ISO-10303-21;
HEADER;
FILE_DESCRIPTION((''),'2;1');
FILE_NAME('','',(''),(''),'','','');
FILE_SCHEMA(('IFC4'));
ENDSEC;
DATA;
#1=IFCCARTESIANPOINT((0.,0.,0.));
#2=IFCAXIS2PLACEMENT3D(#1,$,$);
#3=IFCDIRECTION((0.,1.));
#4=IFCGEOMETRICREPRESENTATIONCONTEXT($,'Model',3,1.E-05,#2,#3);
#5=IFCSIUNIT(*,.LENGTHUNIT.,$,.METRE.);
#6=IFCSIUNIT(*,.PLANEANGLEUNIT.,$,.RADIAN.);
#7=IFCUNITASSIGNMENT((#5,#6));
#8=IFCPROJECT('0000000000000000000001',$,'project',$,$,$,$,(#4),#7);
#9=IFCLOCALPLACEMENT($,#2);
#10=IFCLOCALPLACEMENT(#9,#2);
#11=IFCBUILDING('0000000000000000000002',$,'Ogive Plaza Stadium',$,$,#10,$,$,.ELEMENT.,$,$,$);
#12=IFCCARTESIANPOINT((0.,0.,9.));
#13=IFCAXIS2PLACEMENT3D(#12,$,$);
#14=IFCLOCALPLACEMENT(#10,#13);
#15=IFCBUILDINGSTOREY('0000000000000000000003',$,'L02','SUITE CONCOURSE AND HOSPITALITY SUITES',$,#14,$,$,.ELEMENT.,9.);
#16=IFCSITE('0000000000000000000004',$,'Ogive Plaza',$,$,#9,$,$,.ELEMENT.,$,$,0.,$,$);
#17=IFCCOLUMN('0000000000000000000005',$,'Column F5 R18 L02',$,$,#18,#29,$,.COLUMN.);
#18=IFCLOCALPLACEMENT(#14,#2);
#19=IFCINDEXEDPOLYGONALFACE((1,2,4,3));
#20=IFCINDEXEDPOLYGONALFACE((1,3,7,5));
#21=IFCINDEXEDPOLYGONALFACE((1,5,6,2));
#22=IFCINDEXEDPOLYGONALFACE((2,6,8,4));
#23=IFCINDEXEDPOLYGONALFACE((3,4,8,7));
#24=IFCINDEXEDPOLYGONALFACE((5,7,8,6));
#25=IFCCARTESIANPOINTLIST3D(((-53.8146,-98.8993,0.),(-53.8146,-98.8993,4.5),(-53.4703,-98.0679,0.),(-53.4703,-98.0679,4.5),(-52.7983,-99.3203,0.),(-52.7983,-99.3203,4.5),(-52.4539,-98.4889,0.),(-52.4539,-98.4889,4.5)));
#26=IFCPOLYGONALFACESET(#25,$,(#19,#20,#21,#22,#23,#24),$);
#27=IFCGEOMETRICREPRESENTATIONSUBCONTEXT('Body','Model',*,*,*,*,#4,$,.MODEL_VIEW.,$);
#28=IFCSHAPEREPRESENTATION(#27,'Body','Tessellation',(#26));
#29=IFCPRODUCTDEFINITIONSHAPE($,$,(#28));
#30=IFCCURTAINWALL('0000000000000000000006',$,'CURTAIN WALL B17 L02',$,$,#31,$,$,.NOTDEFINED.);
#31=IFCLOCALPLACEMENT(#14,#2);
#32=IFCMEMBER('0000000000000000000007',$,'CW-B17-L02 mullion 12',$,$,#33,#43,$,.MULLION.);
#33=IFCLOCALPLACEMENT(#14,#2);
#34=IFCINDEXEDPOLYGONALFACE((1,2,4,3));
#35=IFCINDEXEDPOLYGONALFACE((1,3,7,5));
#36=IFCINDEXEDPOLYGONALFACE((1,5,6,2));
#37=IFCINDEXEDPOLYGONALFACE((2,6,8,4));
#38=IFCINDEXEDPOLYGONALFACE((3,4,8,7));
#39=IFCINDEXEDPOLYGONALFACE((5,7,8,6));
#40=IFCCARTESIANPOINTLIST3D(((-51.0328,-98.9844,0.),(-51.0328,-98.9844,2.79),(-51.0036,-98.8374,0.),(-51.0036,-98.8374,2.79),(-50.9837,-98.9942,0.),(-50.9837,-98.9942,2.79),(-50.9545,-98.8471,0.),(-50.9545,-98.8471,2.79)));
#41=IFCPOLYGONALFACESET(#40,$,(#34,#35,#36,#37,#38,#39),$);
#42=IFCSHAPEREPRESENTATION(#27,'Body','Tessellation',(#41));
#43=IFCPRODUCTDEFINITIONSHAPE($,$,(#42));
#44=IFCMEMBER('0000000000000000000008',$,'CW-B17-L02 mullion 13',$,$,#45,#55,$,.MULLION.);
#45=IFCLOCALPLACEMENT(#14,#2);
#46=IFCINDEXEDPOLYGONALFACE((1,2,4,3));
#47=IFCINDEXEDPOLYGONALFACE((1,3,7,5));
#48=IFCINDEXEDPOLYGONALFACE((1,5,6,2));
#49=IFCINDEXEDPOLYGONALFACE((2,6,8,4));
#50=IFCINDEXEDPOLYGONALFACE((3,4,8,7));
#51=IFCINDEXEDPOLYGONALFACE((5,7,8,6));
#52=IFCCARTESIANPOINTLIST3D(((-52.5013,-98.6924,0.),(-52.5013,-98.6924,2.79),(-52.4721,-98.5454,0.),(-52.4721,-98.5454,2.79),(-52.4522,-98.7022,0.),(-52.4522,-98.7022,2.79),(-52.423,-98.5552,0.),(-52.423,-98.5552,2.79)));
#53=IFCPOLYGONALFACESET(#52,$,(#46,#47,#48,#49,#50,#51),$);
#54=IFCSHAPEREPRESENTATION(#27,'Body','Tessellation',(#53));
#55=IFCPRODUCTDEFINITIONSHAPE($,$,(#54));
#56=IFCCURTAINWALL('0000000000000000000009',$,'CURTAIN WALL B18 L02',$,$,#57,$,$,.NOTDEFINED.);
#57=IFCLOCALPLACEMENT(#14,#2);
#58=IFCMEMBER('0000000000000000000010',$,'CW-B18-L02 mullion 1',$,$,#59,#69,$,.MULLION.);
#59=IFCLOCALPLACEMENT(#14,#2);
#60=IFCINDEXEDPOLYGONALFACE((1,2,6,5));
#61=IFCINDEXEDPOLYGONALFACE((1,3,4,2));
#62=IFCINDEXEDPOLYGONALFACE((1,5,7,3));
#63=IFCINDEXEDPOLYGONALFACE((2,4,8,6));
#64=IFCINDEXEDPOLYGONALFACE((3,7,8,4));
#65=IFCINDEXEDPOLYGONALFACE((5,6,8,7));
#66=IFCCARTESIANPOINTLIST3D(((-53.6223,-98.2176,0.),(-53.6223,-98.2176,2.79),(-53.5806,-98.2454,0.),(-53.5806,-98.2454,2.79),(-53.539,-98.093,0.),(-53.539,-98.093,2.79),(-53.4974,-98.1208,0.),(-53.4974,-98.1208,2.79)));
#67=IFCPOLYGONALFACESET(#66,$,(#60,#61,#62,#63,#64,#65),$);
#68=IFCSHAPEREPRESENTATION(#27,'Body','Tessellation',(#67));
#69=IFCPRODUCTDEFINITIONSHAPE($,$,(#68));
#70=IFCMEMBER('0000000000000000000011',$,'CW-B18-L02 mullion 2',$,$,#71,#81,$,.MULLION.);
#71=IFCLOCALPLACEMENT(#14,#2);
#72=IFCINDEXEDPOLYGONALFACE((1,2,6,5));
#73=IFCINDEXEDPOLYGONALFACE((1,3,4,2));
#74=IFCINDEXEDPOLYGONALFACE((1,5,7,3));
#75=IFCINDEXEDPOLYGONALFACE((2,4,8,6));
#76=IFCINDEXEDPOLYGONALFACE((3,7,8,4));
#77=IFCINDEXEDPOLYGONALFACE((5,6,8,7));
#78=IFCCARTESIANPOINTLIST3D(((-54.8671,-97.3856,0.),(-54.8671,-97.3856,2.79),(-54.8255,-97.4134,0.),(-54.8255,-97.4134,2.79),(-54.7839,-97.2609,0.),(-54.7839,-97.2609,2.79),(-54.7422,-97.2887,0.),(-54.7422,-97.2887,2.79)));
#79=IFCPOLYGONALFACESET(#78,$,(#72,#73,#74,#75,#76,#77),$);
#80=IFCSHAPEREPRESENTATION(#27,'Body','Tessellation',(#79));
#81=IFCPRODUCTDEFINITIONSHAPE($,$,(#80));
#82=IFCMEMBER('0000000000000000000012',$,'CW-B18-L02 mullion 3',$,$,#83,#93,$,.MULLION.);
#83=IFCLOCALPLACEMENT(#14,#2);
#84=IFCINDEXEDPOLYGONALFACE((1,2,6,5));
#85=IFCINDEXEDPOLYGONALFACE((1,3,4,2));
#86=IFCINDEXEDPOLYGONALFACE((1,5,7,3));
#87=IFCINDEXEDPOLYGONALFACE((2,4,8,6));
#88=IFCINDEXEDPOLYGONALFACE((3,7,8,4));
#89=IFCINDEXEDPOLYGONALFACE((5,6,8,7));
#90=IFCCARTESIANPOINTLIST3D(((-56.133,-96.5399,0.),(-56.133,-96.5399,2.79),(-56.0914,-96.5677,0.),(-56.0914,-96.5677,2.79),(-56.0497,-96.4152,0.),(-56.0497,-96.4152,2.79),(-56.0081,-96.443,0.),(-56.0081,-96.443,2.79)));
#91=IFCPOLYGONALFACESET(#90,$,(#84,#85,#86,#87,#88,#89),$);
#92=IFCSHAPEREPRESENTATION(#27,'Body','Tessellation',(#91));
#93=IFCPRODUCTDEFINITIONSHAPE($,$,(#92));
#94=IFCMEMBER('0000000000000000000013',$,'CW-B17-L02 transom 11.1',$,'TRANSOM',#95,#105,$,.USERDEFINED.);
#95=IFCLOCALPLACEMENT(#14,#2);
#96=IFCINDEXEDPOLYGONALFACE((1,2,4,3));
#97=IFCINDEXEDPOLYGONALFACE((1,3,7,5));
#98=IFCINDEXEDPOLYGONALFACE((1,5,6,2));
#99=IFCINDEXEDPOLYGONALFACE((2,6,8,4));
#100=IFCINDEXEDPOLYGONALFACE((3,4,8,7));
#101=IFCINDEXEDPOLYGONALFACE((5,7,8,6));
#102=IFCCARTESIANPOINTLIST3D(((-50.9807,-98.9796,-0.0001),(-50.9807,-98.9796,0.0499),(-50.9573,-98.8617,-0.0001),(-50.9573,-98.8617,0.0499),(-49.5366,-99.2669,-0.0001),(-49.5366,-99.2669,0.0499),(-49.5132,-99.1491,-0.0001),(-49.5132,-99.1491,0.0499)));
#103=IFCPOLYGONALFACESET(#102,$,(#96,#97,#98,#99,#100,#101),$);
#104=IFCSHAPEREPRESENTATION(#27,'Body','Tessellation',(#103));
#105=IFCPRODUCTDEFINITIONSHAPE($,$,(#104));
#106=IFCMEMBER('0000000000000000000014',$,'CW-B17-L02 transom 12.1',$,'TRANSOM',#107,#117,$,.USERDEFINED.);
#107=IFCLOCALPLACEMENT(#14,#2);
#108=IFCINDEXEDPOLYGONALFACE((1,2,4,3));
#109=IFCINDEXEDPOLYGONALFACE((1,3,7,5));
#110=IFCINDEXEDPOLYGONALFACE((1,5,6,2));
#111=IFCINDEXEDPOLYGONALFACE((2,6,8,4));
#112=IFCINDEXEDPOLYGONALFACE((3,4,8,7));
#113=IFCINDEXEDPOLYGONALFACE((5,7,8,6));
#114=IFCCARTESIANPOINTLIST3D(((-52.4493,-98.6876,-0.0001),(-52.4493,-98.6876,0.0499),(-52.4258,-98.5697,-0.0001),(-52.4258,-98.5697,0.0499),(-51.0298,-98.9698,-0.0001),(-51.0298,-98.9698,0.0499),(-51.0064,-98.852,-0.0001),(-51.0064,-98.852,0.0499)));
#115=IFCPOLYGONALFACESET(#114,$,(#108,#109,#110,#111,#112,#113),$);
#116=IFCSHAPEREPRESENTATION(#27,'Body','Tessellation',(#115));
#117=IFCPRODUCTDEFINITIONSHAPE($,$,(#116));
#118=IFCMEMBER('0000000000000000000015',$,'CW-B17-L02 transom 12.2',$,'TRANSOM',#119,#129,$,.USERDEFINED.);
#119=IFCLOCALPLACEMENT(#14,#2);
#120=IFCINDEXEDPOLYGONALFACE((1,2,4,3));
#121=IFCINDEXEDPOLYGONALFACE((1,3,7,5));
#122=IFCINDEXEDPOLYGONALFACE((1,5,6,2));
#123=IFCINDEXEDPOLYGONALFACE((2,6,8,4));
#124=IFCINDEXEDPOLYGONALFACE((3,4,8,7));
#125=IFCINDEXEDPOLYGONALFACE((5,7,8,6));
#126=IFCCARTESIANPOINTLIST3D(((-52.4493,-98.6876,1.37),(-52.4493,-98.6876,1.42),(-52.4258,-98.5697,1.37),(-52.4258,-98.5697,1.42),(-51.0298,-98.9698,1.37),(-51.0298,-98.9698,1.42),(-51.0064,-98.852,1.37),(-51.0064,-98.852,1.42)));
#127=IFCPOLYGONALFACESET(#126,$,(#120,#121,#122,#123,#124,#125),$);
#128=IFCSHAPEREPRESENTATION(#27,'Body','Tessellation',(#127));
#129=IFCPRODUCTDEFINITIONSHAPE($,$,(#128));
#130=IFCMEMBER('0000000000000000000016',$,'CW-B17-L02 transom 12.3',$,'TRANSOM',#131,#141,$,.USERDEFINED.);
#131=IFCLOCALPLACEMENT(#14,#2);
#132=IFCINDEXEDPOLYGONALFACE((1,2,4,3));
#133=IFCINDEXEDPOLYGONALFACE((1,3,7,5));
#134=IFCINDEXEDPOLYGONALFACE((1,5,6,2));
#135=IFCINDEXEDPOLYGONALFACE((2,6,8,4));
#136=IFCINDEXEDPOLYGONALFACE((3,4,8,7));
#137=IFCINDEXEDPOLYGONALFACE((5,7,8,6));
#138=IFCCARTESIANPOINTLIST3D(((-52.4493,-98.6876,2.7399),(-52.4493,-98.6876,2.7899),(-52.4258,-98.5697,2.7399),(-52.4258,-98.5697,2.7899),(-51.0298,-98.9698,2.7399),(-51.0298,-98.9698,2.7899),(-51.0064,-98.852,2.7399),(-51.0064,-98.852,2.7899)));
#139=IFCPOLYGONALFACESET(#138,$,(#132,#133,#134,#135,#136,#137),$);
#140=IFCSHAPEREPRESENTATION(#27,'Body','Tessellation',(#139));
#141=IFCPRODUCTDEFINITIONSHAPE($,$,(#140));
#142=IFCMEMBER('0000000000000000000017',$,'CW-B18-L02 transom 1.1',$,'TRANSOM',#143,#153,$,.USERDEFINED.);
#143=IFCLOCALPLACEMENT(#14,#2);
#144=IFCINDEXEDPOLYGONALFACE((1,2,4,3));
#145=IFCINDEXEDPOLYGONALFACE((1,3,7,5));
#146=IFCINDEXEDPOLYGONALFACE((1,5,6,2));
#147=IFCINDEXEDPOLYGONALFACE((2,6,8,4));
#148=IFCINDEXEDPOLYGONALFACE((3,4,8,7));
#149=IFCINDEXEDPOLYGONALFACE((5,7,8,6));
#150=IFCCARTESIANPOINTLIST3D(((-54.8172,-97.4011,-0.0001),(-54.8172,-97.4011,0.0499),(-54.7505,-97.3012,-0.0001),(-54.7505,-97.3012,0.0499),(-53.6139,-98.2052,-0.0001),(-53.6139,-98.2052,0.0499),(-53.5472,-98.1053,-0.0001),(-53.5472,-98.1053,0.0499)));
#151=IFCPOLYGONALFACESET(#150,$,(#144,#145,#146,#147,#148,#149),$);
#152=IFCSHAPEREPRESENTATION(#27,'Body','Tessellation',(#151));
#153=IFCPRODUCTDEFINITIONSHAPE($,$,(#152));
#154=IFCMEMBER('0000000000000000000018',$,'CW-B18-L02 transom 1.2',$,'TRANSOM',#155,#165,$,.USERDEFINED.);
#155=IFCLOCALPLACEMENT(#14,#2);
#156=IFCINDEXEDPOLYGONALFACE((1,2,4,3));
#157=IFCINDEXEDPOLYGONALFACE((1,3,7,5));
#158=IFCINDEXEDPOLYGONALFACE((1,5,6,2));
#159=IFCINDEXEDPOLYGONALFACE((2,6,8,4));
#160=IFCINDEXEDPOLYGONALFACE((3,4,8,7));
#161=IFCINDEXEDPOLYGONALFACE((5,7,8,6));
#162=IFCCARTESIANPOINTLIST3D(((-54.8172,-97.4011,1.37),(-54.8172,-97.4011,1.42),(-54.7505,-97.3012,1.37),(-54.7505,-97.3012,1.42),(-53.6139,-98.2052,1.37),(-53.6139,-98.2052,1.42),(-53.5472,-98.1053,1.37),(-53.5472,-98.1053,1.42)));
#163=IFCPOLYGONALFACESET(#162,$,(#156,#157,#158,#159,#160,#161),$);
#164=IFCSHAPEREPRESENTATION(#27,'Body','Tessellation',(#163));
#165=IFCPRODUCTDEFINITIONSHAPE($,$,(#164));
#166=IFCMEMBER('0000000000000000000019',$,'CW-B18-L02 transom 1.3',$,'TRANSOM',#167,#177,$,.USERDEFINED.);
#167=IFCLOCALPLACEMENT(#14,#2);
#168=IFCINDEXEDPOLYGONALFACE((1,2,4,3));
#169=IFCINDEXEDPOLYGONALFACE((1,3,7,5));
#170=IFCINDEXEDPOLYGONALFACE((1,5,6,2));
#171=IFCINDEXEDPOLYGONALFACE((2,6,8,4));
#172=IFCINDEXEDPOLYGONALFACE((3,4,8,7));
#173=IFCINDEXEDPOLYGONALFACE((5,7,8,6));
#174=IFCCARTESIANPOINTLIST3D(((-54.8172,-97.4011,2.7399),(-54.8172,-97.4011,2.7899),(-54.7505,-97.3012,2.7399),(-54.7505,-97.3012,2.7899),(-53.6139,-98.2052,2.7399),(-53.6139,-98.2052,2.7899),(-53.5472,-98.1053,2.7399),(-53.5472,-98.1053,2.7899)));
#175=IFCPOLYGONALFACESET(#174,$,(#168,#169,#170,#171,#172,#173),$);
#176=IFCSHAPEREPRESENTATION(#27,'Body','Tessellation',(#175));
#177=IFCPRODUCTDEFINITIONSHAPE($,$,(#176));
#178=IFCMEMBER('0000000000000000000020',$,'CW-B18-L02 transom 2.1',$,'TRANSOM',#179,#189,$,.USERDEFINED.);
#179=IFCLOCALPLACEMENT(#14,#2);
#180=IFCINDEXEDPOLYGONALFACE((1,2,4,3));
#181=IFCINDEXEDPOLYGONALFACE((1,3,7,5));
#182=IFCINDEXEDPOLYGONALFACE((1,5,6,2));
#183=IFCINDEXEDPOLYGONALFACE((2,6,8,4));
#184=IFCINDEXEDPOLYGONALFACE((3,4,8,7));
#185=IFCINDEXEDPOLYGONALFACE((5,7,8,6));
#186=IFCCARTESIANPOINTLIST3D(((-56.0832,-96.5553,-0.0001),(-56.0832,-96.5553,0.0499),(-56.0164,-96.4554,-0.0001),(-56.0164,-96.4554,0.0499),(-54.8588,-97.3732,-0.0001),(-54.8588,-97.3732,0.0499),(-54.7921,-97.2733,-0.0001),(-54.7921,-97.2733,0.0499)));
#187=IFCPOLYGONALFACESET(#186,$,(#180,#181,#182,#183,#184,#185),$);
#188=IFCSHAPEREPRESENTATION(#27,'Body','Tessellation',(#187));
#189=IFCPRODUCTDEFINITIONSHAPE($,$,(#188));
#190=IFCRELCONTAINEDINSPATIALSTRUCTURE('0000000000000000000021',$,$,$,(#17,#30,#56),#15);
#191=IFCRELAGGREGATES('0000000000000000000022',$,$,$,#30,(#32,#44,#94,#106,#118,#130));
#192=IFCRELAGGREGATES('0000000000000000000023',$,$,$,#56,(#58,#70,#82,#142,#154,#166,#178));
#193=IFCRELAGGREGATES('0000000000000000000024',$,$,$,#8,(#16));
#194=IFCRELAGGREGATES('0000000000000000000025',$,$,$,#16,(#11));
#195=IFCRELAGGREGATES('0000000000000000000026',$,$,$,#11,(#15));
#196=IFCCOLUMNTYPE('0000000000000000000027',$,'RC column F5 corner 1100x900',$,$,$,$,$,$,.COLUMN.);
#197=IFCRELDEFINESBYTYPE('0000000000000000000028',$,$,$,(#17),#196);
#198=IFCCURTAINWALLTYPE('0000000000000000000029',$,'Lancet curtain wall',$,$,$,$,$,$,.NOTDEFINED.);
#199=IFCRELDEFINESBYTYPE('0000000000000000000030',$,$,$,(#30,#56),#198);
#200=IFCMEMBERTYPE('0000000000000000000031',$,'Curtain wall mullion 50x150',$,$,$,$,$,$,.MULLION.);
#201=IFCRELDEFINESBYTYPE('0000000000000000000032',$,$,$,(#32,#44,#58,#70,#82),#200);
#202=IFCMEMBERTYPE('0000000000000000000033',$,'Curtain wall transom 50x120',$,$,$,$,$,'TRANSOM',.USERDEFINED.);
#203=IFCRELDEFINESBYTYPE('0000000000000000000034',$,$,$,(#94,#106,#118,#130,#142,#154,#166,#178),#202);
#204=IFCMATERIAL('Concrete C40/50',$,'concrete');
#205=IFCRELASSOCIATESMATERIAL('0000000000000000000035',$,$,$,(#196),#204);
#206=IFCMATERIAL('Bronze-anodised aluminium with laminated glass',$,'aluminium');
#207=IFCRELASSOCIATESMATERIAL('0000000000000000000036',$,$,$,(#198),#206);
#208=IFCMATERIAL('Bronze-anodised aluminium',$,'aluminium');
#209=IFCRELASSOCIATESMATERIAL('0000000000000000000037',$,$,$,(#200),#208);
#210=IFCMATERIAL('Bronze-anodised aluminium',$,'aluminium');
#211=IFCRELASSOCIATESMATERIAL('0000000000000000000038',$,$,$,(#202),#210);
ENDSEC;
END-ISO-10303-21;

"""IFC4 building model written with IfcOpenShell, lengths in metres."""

from ifc_helpers import new_model, si_unit, direction, frame, origin, origin_2d, place, context, subcontext, project, spatial, rectangle, extrude, material, material_profile, profile_set, type_object, element, aggregate, save


model = new_model("IFC4")

# Units and contexts
model_context = context("Model", 3, precision=1e-05, world=origin(), true_north=direction((0.0, 1.0)))
body_context = subcontext(model_context, "Body", "Model", "MODEL_VIEW")
ifc_project = project(units=[si_unit("LENGTHUNIT", "METRE"), si_unit("PLANEANGLEUNIT", "RADIAN")], contexts=[model_context])

# Site, building, storey
site_placement = place(None, origin())
site = spatial("IfcSite", under=ifc_project, at=site_placement, Name="Ogive Plaza", CompositionType="ELEMENT", RefElevation=0.0)
building_placement = place(site_placement, origin())
building = spatial("IfcBuilding", under=site, at=building_placement, Name="Ogive Plaza Stadium", CompositionType="ELEMENT")
storey_placement = place(building_placement, frame((0.0, 0.0, 9.0)))
storey = spatial("IfcBuildingStorey", under=building, at=storey_placement, Name="L02", Description="SUITE CONCOURSE AND HOSPITALITY SUITES", CompositionType="ELEMENT", Elevation=9.0)

# Column
ifc_material_1 = material(Name="Concrete C40/50", Category="concrete")
ifc_material_profile_1 = material_profile(ifc_material_1, rectangle(XDim=1.1001, YDim=0.8999, at=origin_2d()), Name="RC 1100x900")
ifc_profile_set_1 = profile_set([ifc_material_profile_1], Name="Concrete C40/50")
column_type = type_object("IfcColumnType", Name="RC column F5 corner 1100x900", PredefinedType="COLUMN", material=ifc_profile_set_1)
column_placement = place(storey_placement, frame((-53.1343, -98.6941, 0.0), z_axis=(0.0, 0.0, 1.0), x_axis=(0.92388, -0.382683, 0.0)))
element("IfcColumn", 1, at=column_placement, inside=storey, type_object=column_type, Name="Column F5 R18 L02", PredefinedType="COLUMN", context=body_context, shape_type="SweptSolid", body=[
    extrude(rectangle(XDim=1.1001, YDim=0.8999, at=origin_2d()), origin(), (0.0, 0.0, 1.0), 4.5),
])

# Curtain walls, members
ifc_material_2 = material(Name="Bronze-anodised aluminium with laminated glass", Category="aluminium")
curtain_wall_type = type_object("IfcCurtainWallType", Name="Lancet curtain wall", PredefinedType="NOTDEFINED", material=ifc_material_2)
curtain_wall_1_placement = place(storey_placement, origin())
curtain_wall_1 = element("IfcCurtainWall", 2, at=curtain_wall_1_placement, inside=storey, type_object=curtain_wall_type, Name="CURTAIN WALL B17 L02", PredefinedType="NOTDEFINED")
ifc_material_3 = material(Name="Bronze-anodised aluminium", Category="aluminium")
ifc_material_profile_2 = material_profile(ifc_material_3, rectangle(XDim=0.1499, YDim=0.05, at=origin_2d()), Name="AL 150x50")
ifc_profile_set_2 = profile_set([ifc_material_profile_2], Name="Bronze-anodised aluminium")
member_type_1 = type_object("IfcMemberType", Name="Curtain wall mullion 50x150", PredefinedType="MULLION", material=ifc_profile_set_2)
member_1_placement = place(storey_placement, frame((-50.9937, -98.9158, 0.0), z_axis=(0.0, 0.0, 1.0), x_axis=(-0.19509, -0.980785, 0.0)))
member_1 = element("IfcMember", 3, at=member_1_placement, type_object=member_type_1, Name="CW-B17-L02 mullion 12", PredefinedType="MULLION", context=body_context, shape_type="SweptSolid", body=[
    extrude(rectangle(XDim=0.1499, YDim=0.05, at=origin_2d()), origin(), (0.0, 0.0, 1.0), 2.79),
])
member_2_placement = place(storey_placement, frame((-52.4622, -98.6238, 0.0), z_axis=(0.0, 0.0, 1.0), x_axis=(-0.19509, -0.980785, 0.0)))
member_2 = element("IfcMember", 4, at=member_2_placement, type_object=member_type_1, Name="CW-B17-L02 mullion 13", PredefinedType="MULLION", context=body_context, shape_type="SweptSolid", body=[
    extrude(rectangle(XDim=0.1499, YDim=0.05, at=origin_2d()), origin(), (0.0, 0.0, 1.0), 2.79),
])
curtain_wall_2_placement = place(storey_placement, origin())
curtain_wall_2 = element("IfcCurtainWall", 5, at=curtain_wall_2_placement, inside=storey, type_object=curtain_wall_type, Name="CURTAIN WALL B18 L02", PredefinedType="NOTDEFINED")
member_3_placement = place(storey_placement, frame((-53.5598, -98.1692, 0.0), z_axis=(0.0, 0.0, 1.0), x_axis=(-0.55557, -0.83147, 0.0)))
member_3 = element("IfcMember", 6, at=member_3_placement, type_object=member_type_1, Name="CW-B18-L02 mullion 1", PredefinedType="MULLION", context=body_context, shape_type="SweptSolid", body=[
    extrude(rectangle(XDim=0.1499, YDim=0.05, at=origin_2d()), origin(), (0.0, 0.0, 1.0), 2.79),
])
member_4_placement = place(storey_placement, frame((-54.8047, -97.3372, 0.0), z_axis=(0.0, 0.0, 1.0), x_axis=(-0.55557, -0.83147, 0.0)))
member_4 = element("IfcMember", 7, at=member_4_placement, type_object=member_type_1, Name="CW-B18-L02 mullion 2", PredefinedType="MULLION", context=body_context, shape_type="SweptSolid", body=[
    extrude(rectangle(XDim=0.1499, YDim=0.05, at=origin_2d()), origin(), (0.0, 0.0, 1.0), 2.79),
])
member_5_placement = place(storey_placement, frame((-56.0706, -96.4915, 0.0), z_axis=(0.0, 0.0, 1.0), x_axis=(-0.55557, -0.83147, 0.0)))
member_5 = element("IfcMember", 8, at=member_5_placement, type_object=member_type_1, Name="CW-B18-L02 mullion 3", PredefinedType="MULLION", context=body_context, shape_type="SweptSolid", body=[
    extrude(rectangle(XDim=0.1499, YDim=0.05, at=origin_2d()), origin(), (0.0, 0.0, 1.0), 2.79),
])

# Members
ifc_material_4 = material(Name="Bronze-anodised aluminium", Category="aluminium")
ifc_material_profile_3 = material_profile(ifc_material_4, rectangle(XDim=0.1201, YDim=0.05, at=origin_2d()), Name="AL 120x50")
ifc_profile_set_3 = profile_set([ifc_material_profile_3], Name="Bronze-anodised aluminium")
member_type_2 = type_object("IfcMemberType", Name="Curtain wall transom 50x120", ElementType="TRANSOM", PredefinedType="USERDEFINED", material=ifc_profile_set_3)
member_6_placement = place(storey_placement, frame((-49.5249, -99.208, 0.0249), z_axis=(-0.980772, 0.195159, 0.0), x_axis=(-0.195159, -0.980772, 0.0)))
member_6 = element("IfcMember", 9, at=member_6_placement, type_object=member_type_2, Name="CW-B17-L02 transom 11.1", ObjectType="TRANSOM", PredefinedType="USERDEFINED", context=body_context, shape_type="SweptSolid", body=[
    extrude(rectangle(XDim=0.1201, YDim=0.05, at=origin_2d()), origin(), (0.0, 0.0, 1.0), 1.4724),
])
member_7_placement = place(storey_placement, frame((-51.0181, -98.9109, 0.0249), z_axis=(-0.980801, 0.195013, 0.0), x_axis=(-0.195013, -0.980801, 0.0)))
member_7 = element("IfcMember", 10, at=member_7_placement, type_object=member_type_2, Name="CW-B17-L02 transom 12.1", ObjectType="TRANSOM", PredefinedType="USERDEFINED", context=body_context, shape_type="SweptSolid", body=[
    extrude(rectangle(XDim=0.1201, YDim=0.05, at=origin_2d()), origin(), (0.0, 0.0, 1.0), 1.4473),
])
member_8_placement = place(storey_placement, frame((-51.0181, -98.9109, 1.395), z_axis=(-0.980801, 0.195013, 0.0), x_axis=(-0.195013, -0.980801, 0.0)))
member_8 = element("IfcMember", 11, at=member_8_placement, type_object=member_type_2, Name="CW-B17-L02 transom 12.2", ObjectType="TRANSOM", PredefinedType="USERDEFINED", context=body_context, shape_type="SweptSolid", body=[
    extrude(rectangle(XDim=0.1201, YDim=0.05, at=origin_2d()), origin(), (0.0, 0.0, 1.0), 1.4473),
])
member_9_placement = place(storey_placement, frame((-51.0181, -98.9109, 2.7649), z_axis=(-0.980801, 0.195013, 0.0), x_axis=(-0.195013, -0.980801, 0.0)))
member_9 = element("IfcMember", 12, at=member_9_placement, type_object=member_type_2, Name="CW-B17-L02 transom 12.3", ObjectType="TRANSOM", PredefinedType="USERDEFINED", context=body_context, shape_type="SweptSolid", body=[
    extrude(rectangle(XDim=0.1201, YDim=0.05, at=origin_2d()), origin(), (0.0, 0.0, 1.0), 1.4473),
])
member_10_placement = place(storey_placement, frame((-53.5806, -98.1553, 0.0249), z_axis=(-0.831427, 0.555634, 0.0), x_axis=(-0.555634, -0.831427, 0.0)))
member_10 = element("IfcMember", 13, at=member_10_placement, type_object=member_type_2, Name="CW-B18-L02 transom 1.1", ObjectType="TRANSOM", PredefinedType="USERDEFINED", context=body_context, shape_type="SweptSolid", body=[
    extrude(rectangle(XDim=0.1201, YDim=0.05, at=origin_2d()), origin(), (0.0, 0.0, 1.0), 1.4473),
])
member_11_placement = place(storey_placement, frame((-53.5806, -98.1553, 1.395), z_axis=(-0.831427, 0.555634, 0.0), x_axis=(-0.555634, -0.831427, 0.0)))
member_11 = element("IfcMember", 14, at=member_11_placement, type_object=member_type_2, Name="CW-B18-L02 transom 1.2", ObjectType="TRANSOM", PredefinedType="USERDEFINED", context=body_context, shape_type="SweptSolid", body=[
    extrude(rectangle(XDim=0.1201, YDim=0.05, at=origin_2d()), origin(), (0.0, 0.0, 1.0), 1.4473),
])
member_12_placement = place(storey_placement, frame((-53.5806, -98.1553, 2.7649), z_axis=(-0.831427, 0.555634, 0.0), x_axis=(-0.555634, -0.831427, 0.0)))
member_12 = element("IfcMember", 15, at=member_12_placement, type_object=member_type_2, Name="CW-B18-L02 transom 1.3", ObjectType="TRANSOM", PredefinedType="USERDEFINED", context=body_context, shape_type="SweptSolid", body=[
    extrude(rectangle(XDim=0.1201, YDim=0.05, at=origin_2d()), origin(), (0.0, 0.0, 1.0), 1.4473),
])
member_13_placement = place(storey_placement, frame((-54.8254, -97.3232, 0.0249), z_axis=(-0.83154, 0.555465, 0.0), x_axis=(-0.555465, -0.83154, 0.0)))
member_13 = element("IfcMember", 16, at=member_13_placement, type_object=member_type_2, Name="CW-B18-L02 transom 2.1", ObjectType="TRANSOM", PredefinedType="USERDEFINED", context=body_context, shape_type="SweptSolid", body=[
    extrude(rectangle(XDim=0.1201, YDim=0.05, at=origin_2d()), origin(), (0.0, 0.0, 1.0), 1.4724),
])

aggregate(curtain_wall_1, [member_1, member_2, member_6, member_7, member_8, member_9])
aggregate(curtain_wall_2, [member_3, member_4, member_5, member_10, member_11, member_12, member_13])

save(model, "model.ifc")
